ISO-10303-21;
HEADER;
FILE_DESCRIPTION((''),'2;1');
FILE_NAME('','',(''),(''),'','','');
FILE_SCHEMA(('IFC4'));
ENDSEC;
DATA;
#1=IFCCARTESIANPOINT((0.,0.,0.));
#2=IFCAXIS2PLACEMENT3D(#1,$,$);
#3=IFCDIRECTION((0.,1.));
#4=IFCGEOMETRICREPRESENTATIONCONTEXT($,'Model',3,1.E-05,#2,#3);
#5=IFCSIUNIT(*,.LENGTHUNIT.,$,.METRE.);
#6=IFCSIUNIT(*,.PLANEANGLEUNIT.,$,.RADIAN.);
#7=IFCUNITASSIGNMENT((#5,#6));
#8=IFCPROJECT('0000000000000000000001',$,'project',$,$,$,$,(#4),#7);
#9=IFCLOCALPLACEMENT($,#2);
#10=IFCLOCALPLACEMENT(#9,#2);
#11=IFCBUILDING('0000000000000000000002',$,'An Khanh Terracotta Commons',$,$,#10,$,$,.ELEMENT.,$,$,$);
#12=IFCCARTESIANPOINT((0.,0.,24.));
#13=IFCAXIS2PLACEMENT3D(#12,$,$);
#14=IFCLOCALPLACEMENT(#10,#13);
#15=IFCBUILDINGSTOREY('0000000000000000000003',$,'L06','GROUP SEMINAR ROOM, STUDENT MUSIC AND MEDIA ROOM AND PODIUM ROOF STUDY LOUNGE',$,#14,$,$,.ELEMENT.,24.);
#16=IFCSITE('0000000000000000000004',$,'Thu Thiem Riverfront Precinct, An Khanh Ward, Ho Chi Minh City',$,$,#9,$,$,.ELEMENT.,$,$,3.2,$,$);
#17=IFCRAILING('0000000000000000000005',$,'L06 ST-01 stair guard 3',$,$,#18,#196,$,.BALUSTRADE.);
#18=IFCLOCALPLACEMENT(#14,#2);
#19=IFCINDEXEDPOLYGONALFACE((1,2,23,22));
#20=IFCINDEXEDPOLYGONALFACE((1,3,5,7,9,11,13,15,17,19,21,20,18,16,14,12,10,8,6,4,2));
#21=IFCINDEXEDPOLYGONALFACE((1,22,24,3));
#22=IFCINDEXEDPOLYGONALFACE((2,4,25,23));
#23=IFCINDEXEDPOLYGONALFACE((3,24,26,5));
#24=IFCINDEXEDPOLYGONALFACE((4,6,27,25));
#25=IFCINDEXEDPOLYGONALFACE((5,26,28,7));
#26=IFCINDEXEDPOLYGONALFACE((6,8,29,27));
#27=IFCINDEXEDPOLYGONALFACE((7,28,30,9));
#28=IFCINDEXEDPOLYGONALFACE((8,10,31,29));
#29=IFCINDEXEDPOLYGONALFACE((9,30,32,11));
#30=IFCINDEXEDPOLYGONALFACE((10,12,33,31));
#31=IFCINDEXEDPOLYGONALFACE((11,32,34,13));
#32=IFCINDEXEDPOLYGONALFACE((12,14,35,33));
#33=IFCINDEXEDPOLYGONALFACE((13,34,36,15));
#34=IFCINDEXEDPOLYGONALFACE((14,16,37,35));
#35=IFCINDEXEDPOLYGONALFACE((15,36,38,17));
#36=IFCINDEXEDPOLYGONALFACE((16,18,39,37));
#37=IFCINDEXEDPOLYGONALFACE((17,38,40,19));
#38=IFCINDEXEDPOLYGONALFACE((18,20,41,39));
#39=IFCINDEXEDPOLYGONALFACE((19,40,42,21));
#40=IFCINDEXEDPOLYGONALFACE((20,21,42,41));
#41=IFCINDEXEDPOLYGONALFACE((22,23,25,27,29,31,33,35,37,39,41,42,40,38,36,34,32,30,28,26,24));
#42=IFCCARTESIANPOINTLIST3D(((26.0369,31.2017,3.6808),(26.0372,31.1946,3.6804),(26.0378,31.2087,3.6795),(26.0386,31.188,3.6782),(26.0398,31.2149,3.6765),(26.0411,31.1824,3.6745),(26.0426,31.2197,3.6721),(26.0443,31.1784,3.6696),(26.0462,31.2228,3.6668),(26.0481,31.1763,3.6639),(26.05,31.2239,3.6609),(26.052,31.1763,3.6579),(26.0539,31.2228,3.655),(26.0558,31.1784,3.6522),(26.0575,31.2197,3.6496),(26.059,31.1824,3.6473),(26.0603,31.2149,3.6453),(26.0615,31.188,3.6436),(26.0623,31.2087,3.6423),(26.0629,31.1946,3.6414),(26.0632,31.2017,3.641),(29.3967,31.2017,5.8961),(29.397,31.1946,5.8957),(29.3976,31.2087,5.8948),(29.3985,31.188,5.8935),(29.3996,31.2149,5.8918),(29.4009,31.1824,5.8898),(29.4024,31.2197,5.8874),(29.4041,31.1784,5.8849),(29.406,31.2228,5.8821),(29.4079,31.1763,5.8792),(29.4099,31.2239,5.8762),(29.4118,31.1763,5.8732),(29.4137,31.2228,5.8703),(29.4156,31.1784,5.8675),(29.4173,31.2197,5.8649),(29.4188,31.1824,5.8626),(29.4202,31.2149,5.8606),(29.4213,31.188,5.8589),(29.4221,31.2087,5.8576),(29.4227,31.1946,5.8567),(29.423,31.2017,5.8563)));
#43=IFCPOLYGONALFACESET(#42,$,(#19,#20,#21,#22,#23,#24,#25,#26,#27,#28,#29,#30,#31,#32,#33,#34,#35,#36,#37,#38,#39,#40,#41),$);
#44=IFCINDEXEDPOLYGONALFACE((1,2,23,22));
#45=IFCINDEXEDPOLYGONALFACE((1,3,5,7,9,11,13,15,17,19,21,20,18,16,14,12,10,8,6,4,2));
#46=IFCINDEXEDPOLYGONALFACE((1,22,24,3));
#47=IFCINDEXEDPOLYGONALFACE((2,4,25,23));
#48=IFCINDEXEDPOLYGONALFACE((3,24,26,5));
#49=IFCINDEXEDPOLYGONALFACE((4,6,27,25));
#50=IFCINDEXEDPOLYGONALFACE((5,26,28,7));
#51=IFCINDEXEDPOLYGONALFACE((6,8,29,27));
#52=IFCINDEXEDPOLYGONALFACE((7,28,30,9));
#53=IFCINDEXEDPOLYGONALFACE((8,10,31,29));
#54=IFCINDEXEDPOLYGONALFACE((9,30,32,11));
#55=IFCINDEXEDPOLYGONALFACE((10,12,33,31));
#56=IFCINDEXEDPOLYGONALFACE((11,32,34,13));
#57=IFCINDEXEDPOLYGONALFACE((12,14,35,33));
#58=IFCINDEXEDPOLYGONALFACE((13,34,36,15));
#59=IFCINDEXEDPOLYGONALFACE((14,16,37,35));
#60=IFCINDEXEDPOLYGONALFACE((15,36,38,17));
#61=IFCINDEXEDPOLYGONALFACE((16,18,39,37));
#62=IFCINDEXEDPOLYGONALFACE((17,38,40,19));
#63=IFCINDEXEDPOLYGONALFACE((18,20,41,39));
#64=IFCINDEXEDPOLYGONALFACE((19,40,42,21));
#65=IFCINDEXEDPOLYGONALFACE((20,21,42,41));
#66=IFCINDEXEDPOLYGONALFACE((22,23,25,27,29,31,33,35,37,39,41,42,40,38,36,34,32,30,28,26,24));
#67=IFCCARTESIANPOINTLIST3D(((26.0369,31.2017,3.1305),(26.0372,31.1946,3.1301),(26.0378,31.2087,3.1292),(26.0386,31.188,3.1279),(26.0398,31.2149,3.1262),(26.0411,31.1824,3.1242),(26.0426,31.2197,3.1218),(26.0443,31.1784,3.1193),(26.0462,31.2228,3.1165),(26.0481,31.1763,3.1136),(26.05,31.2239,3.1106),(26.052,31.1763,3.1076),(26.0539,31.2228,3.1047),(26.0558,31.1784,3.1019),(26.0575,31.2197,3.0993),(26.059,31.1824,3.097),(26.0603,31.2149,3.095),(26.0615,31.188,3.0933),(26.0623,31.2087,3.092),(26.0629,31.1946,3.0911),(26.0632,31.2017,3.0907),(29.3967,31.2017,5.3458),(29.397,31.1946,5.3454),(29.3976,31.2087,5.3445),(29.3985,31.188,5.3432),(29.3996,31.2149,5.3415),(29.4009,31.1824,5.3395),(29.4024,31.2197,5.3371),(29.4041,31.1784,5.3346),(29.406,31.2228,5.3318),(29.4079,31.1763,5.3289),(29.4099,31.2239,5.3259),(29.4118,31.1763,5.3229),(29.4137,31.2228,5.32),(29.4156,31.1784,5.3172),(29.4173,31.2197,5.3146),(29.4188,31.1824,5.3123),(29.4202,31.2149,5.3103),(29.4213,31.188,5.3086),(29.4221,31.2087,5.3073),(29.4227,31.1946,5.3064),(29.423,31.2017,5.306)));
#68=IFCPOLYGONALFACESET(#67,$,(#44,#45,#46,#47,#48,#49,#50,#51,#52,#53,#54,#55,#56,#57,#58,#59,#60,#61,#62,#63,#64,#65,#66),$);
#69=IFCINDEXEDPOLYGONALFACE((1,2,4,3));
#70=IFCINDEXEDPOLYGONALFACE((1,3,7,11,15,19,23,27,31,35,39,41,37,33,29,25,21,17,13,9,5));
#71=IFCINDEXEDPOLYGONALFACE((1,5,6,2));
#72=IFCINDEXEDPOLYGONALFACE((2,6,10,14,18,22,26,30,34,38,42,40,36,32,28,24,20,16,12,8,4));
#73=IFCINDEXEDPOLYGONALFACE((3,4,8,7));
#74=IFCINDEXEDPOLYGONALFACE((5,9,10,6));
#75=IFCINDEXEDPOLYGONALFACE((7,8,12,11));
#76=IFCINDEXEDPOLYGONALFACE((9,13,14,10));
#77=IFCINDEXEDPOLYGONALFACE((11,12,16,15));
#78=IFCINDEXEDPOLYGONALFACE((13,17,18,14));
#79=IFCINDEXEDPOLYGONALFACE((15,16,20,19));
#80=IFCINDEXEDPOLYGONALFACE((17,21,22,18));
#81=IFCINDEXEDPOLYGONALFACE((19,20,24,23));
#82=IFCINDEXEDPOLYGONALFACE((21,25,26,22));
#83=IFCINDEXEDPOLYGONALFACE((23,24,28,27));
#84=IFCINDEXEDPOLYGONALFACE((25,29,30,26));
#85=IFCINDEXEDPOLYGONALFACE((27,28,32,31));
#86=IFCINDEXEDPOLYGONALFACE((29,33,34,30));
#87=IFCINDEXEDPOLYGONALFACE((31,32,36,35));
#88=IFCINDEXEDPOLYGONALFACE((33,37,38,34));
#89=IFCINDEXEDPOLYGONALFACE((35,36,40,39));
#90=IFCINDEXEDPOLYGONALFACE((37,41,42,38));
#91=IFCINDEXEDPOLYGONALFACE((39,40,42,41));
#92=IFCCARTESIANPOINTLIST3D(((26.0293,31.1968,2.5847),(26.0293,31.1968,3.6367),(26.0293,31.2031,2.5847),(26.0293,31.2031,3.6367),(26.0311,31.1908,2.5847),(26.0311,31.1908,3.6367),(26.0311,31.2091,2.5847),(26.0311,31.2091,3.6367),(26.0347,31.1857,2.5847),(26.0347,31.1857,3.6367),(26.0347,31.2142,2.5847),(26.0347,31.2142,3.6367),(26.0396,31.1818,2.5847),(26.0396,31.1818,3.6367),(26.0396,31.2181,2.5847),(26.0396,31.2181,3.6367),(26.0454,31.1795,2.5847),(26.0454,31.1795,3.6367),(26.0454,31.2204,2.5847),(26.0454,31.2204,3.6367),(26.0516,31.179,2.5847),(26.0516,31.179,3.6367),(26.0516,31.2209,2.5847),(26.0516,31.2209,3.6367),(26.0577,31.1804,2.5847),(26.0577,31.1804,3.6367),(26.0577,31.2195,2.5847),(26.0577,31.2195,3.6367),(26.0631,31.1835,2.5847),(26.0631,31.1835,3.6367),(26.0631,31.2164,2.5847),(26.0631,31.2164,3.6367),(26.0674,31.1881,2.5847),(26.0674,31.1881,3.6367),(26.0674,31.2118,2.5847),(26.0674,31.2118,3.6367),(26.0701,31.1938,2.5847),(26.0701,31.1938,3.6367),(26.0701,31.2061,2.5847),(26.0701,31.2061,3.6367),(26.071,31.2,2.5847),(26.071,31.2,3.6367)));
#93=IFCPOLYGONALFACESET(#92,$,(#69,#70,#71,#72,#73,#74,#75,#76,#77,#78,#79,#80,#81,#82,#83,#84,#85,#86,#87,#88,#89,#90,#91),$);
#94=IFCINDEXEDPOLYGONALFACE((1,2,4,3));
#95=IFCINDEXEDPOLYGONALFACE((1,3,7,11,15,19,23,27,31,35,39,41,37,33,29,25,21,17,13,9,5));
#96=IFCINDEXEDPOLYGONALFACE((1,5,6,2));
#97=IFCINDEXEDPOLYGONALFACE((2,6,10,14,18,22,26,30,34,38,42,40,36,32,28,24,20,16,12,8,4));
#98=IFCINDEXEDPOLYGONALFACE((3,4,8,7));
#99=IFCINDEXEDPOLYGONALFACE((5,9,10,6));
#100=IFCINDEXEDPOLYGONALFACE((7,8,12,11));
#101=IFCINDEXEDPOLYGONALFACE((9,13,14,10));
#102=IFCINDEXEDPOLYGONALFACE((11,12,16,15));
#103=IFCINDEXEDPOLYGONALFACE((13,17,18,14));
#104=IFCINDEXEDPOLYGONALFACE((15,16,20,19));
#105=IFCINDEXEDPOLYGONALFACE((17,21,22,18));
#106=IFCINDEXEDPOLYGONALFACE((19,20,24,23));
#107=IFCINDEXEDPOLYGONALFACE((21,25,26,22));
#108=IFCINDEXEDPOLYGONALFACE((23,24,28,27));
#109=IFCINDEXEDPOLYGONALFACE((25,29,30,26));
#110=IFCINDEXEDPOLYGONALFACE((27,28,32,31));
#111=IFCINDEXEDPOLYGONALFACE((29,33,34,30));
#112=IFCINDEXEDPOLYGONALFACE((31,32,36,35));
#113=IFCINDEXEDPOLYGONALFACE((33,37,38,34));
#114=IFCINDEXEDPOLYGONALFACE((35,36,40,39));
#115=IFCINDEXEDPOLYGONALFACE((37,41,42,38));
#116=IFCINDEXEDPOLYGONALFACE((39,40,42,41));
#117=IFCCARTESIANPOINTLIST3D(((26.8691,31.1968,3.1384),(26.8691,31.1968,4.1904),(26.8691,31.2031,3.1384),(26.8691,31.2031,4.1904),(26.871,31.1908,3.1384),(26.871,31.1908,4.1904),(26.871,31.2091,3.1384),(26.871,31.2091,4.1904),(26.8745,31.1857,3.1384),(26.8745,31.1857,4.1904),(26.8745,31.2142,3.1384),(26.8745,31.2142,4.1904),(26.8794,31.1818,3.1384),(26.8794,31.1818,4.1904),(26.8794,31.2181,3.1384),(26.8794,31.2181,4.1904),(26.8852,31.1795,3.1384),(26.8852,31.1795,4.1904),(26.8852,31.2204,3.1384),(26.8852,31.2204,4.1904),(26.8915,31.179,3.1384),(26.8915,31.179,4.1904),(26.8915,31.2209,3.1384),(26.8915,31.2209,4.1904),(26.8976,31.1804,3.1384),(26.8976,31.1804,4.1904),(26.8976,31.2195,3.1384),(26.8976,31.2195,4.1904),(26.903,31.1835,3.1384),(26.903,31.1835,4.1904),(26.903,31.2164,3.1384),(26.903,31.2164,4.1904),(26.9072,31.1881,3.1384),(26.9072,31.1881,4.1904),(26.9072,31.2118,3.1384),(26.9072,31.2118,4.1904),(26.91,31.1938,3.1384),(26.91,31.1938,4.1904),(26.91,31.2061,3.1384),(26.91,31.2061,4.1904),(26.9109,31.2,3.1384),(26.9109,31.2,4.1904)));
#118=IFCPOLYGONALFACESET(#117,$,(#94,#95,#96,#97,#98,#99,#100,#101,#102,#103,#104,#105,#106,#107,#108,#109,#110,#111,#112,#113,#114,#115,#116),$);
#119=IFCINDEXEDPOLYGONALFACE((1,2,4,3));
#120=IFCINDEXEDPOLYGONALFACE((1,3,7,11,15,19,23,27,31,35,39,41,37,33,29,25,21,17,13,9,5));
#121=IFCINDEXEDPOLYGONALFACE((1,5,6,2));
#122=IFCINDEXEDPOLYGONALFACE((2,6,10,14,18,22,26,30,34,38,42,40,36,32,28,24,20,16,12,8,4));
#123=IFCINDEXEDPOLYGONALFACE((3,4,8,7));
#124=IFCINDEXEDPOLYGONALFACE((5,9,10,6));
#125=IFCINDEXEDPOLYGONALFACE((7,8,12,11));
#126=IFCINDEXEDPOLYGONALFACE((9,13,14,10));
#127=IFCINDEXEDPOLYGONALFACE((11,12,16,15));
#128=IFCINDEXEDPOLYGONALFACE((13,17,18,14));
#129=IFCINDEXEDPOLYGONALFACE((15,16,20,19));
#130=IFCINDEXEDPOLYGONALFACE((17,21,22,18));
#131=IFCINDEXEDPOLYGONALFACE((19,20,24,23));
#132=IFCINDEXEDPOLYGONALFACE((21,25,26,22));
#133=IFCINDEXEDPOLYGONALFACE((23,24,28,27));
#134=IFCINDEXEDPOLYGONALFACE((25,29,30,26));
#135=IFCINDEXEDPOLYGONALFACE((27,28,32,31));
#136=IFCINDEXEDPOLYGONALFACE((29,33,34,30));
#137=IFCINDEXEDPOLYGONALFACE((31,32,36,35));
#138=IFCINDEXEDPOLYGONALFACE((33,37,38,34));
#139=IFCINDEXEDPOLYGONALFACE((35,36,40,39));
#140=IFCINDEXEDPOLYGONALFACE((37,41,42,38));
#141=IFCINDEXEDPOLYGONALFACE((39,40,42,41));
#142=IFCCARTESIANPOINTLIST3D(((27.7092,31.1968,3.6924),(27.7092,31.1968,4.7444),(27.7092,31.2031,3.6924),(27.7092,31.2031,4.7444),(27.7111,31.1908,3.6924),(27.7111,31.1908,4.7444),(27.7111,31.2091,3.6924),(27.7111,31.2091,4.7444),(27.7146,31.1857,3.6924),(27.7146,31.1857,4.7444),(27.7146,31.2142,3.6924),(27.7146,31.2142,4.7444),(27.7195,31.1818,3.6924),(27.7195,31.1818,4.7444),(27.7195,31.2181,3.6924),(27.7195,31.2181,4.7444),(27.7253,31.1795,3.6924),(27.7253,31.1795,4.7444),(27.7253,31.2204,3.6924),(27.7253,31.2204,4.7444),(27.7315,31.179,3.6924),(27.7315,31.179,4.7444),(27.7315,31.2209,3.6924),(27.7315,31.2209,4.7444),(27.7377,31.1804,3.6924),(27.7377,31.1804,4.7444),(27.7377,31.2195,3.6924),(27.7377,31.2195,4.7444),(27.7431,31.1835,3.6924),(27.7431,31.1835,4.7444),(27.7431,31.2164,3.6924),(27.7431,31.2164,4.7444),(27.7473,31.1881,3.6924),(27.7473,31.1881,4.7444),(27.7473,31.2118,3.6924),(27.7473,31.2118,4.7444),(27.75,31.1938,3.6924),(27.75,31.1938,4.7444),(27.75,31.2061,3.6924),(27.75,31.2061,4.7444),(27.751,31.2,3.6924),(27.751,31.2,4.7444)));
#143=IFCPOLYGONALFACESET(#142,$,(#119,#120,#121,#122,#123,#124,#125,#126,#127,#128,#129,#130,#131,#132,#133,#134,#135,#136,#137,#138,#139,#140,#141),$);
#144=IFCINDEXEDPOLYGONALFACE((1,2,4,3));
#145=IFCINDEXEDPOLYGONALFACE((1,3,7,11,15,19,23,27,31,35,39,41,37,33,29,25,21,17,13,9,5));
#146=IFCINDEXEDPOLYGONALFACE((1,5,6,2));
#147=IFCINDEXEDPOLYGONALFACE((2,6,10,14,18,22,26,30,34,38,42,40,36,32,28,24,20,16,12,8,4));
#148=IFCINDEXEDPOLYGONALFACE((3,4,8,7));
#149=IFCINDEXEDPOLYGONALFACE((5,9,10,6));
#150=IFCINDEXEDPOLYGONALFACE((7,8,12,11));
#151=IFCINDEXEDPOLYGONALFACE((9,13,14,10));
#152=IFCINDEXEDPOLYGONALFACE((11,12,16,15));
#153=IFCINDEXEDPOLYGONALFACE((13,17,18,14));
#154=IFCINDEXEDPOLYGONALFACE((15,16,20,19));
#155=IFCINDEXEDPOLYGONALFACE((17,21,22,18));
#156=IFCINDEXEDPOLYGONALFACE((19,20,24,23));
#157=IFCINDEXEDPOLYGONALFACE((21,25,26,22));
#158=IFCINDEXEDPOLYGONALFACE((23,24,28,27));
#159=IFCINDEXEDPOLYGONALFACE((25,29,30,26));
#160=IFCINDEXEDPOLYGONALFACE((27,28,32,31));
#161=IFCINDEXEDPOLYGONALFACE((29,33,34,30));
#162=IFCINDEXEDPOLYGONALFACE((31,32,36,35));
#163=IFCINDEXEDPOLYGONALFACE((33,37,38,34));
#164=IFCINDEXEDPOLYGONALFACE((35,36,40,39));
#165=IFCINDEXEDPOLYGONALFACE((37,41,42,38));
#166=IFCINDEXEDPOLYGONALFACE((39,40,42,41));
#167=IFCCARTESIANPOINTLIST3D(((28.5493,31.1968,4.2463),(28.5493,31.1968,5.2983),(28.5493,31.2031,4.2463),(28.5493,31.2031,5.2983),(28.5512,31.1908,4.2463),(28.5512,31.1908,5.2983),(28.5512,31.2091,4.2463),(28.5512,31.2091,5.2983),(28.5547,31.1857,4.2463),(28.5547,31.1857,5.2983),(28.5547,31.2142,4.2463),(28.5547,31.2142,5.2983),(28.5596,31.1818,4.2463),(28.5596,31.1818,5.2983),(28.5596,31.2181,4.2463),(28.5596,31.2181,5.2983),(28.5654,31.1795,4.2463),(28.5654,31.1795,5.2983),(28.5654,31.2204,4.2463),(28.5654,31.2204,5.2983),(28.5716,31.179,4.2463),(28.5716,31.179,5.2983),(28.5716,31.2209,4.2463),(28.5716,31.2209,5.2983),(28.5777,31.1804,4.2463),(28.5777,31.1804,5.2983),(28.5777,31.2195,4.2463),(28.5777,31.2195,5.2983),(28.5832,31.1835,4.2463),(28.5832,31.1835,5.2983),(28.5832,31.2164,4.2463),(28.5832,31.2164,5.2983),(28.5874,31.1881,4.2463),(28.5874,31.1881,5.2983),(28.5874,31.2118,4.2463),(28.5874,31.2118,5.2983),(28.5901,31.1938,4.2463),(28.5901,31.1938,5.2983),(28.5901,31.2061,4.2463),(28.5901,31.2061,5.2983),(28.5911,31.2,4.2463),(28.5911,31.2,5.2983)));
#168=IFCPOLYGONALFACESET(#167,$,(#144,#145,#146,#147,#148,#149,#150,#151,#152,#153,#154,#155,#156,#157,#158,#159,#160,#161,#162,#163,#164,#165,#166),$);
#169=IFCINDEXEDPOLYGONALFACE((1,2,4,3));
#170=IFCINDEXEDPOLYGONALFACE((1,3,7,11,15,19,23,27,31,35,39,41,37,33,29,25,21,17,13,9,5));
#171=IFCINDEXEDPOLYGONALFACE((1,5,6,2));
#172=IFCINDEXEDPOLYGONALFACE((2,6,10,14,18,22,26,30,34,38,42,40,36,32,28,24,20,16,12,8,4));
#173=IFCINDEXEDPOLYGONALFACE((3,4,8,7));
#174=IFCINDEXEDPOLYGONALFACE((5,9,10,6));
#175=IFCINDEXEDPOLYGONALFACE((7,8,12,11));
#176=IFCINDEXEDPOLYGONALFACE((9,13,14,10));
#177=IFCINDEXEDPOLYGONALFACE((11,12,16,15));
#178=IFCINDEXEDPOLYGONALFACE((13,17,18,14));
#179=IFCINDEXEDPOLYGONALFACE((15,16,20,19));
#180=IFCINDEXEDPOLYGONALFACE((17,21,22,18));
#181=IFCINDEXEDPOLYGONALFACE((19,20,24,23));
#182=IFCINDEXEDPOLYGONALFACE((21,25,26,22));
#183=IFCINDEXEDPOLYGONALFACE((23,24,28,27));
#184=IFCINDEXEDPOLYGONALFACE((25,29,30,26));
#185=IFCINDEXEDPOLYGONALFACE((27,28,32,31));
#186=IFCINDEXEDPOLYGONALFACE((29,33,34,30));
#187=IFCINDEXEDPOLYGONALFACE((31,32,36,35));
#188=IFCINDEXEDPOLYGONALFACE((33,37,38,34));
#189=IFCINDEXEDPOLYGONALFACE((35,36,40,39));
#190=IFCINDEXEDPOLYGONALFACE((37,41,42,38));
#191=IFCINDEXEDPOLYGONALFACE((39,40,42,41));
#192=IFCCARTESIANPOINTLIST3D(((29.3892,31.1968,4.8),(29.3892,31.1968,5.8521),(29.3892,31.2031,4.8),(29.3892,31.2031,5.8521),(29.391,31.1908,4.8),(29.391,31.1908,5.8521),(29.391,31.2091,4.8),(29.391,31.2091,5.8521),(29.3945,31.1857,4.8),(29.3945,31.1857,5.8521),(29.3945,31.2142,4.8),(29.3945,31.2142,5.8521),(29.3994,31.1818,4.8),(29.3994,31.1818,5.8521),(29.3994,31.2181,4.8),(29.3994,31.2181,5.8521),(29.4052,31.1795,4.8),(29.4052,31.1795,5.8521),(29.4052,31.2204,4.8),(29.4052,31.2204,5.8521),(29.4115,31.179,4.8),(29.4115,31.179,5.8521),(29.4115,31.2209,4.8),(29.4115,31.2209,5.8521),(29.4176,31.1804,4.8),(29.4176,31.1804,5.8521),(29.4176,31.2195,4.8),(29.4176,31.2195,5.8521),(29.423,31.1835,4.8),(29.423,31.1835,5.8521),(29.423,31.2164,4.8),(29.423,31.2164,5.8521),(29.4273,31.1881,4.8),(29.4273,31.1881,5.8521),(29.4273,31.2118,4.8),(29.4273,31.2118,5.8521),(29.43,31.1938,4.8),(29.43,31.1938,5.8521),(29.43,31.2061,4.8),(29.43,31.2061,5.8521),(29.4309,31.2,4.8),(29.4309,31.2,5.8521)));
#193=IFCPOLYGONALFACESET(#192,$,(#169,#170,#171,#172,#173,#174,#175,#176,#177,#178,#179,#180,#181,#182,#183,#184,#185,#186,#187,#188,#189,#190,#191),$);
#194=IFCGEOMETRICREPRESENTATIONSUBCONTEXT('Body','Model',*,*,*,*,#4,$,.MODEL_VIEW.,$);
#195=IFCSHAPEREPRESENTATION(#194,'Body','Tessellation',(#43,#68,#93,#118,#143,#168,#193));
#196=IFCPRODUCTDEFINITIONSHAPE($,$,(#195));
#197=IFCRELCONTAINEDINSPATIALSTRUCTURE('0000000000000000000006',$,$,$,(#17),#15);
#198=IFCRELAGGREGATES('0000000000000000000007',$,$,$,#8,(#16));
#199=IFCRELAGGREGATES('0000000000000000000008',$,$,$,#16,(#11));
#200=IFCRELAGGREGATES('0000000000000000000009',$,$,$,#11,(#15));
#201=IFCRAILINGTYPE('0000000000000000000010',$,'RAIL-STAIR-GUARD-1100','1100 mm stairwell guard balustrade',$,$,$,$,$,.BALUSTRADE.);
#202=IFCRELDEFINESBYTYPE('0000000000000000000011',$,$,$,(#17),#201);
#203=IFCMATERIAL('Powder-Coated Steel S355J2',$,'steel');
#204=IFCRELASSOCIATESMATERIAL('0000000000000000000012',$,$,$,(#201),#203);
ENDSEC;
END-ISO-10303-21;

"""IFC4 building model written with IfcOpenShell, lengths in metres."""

from ifc_helpers import new_model, si_unit, direction, frame, origin, origin_2d, place, context, subcontext, project, spatial, circle, extrude, material, type_object, element, save


model = new_model("IFC4")

# Units and contexts
model_context = context("Model", 3, precision=1e-05, world=origin(), true_north=direction((0.0, 1.0)))
body_context = subcontext(model_context, "Body", "Model", "MODEL_VIEW")
ifc_project = project(units=[si_unit("LENGTHUNIT", "METRE"), si_unit("PLANEANGLEUNIT", "RADIAN")], contexts=[model_context])

# Site, building, storey
site_placement = place(None, origin())
site = spatial("IfcSite", under=ifc_project, at=site_placement, Name="Thu Thiem Riverfront Precinct, An Khanh Ward, Ho Chi Minh City", CompositionType="ELEMENT", RefElevation=3.2)
building_placement = place(site_placement, origin())
building = spatial("IfcBuilding", under=site, at=building_placement, Name="An Khanh Terracotta Commons", CompositionType="ELEMENT")
storey_placement = place(building_placement, frame((0.0, 0.0, 24.0)))
storey = spatial("IfcBuildingStorey", under=building, at=storey_placement, Name="L06", Description="GROUP SEMINAR ROOM, STUDENT MUSIC AND MEDIA ROOM AND PODIUM ROOF STUDY LOUNGE", CompositionType="ELEMENT", Elevation=24.0)

# Railing
ifc_material_1 = material(Name="Powder-Coated Steel S355J2", Category="steel")
railing_type_1 = type_object("IfcRailingType", Name="RAIL-STAIR-GUARD-1100", Description="1100 mm stairwell guard balustrade", PredefinedType="BALUSTRADE", material=ifc_material_1)
railing_1_placement = place(storey_placement, frame((26.05, 31.2, 2.5847)))
element("IfcRailing", 1, at=railing_1_placement, inside=storey, type_object=railing_type_1, Name="L06 ST-01 stair guard 3", PredefinedType="BALUSTRADE", context=body_context, shape_type="SweptSolid", body=[
    extrude(circle(Radius=0.0239, at=origin_2d()), frame((0.0, 0.0, 1.0762), z_axis=(0.834858, 0.0, 0.550465), x_axis=(0.0, 1.0, 0.0)), (0.0, 0.0, 1.0), 4.0244),
    extrude(circle(Radius=0.0239, at=origin_2d()), frame((0.0, 0.0, 0.5259), z_axis=(0.834858, 0.0, 0.550465), x_axis=(0.0, 1.0, 0.0)), (0.0, 0.0, 1.0), 4.0244),
    extrude(circle(Radius=0.021, at=origin_2d()), origin(), (0.0, 0.0, 1.0), 1.052),
    extrude(circle(Radius=0.021, at=origin_2d()), frame((0.8398, 0.0, 0.5537)), (0.0, 0.0, 1.0), 1.052),
    extrude(circle(Radius=0.021, at=origin_2d()), frame((1.6799, 0.0, 1.1077)), (0.0, 0.0, 1.0), 1.052),
    extrude(circle(Radius=0.021, at=origin_2d()), frame((2.52, 0.0, 1.6616)), (0.0, 0.0, 1.0), 1.052),
    extrude(circle(Radius=0.021, at=origin_2d()), frame((3.3599, 0.0, 2.2153)), (0.0, 0.0, 1.0), 1.052),
])

save(model, "model.ifc")
